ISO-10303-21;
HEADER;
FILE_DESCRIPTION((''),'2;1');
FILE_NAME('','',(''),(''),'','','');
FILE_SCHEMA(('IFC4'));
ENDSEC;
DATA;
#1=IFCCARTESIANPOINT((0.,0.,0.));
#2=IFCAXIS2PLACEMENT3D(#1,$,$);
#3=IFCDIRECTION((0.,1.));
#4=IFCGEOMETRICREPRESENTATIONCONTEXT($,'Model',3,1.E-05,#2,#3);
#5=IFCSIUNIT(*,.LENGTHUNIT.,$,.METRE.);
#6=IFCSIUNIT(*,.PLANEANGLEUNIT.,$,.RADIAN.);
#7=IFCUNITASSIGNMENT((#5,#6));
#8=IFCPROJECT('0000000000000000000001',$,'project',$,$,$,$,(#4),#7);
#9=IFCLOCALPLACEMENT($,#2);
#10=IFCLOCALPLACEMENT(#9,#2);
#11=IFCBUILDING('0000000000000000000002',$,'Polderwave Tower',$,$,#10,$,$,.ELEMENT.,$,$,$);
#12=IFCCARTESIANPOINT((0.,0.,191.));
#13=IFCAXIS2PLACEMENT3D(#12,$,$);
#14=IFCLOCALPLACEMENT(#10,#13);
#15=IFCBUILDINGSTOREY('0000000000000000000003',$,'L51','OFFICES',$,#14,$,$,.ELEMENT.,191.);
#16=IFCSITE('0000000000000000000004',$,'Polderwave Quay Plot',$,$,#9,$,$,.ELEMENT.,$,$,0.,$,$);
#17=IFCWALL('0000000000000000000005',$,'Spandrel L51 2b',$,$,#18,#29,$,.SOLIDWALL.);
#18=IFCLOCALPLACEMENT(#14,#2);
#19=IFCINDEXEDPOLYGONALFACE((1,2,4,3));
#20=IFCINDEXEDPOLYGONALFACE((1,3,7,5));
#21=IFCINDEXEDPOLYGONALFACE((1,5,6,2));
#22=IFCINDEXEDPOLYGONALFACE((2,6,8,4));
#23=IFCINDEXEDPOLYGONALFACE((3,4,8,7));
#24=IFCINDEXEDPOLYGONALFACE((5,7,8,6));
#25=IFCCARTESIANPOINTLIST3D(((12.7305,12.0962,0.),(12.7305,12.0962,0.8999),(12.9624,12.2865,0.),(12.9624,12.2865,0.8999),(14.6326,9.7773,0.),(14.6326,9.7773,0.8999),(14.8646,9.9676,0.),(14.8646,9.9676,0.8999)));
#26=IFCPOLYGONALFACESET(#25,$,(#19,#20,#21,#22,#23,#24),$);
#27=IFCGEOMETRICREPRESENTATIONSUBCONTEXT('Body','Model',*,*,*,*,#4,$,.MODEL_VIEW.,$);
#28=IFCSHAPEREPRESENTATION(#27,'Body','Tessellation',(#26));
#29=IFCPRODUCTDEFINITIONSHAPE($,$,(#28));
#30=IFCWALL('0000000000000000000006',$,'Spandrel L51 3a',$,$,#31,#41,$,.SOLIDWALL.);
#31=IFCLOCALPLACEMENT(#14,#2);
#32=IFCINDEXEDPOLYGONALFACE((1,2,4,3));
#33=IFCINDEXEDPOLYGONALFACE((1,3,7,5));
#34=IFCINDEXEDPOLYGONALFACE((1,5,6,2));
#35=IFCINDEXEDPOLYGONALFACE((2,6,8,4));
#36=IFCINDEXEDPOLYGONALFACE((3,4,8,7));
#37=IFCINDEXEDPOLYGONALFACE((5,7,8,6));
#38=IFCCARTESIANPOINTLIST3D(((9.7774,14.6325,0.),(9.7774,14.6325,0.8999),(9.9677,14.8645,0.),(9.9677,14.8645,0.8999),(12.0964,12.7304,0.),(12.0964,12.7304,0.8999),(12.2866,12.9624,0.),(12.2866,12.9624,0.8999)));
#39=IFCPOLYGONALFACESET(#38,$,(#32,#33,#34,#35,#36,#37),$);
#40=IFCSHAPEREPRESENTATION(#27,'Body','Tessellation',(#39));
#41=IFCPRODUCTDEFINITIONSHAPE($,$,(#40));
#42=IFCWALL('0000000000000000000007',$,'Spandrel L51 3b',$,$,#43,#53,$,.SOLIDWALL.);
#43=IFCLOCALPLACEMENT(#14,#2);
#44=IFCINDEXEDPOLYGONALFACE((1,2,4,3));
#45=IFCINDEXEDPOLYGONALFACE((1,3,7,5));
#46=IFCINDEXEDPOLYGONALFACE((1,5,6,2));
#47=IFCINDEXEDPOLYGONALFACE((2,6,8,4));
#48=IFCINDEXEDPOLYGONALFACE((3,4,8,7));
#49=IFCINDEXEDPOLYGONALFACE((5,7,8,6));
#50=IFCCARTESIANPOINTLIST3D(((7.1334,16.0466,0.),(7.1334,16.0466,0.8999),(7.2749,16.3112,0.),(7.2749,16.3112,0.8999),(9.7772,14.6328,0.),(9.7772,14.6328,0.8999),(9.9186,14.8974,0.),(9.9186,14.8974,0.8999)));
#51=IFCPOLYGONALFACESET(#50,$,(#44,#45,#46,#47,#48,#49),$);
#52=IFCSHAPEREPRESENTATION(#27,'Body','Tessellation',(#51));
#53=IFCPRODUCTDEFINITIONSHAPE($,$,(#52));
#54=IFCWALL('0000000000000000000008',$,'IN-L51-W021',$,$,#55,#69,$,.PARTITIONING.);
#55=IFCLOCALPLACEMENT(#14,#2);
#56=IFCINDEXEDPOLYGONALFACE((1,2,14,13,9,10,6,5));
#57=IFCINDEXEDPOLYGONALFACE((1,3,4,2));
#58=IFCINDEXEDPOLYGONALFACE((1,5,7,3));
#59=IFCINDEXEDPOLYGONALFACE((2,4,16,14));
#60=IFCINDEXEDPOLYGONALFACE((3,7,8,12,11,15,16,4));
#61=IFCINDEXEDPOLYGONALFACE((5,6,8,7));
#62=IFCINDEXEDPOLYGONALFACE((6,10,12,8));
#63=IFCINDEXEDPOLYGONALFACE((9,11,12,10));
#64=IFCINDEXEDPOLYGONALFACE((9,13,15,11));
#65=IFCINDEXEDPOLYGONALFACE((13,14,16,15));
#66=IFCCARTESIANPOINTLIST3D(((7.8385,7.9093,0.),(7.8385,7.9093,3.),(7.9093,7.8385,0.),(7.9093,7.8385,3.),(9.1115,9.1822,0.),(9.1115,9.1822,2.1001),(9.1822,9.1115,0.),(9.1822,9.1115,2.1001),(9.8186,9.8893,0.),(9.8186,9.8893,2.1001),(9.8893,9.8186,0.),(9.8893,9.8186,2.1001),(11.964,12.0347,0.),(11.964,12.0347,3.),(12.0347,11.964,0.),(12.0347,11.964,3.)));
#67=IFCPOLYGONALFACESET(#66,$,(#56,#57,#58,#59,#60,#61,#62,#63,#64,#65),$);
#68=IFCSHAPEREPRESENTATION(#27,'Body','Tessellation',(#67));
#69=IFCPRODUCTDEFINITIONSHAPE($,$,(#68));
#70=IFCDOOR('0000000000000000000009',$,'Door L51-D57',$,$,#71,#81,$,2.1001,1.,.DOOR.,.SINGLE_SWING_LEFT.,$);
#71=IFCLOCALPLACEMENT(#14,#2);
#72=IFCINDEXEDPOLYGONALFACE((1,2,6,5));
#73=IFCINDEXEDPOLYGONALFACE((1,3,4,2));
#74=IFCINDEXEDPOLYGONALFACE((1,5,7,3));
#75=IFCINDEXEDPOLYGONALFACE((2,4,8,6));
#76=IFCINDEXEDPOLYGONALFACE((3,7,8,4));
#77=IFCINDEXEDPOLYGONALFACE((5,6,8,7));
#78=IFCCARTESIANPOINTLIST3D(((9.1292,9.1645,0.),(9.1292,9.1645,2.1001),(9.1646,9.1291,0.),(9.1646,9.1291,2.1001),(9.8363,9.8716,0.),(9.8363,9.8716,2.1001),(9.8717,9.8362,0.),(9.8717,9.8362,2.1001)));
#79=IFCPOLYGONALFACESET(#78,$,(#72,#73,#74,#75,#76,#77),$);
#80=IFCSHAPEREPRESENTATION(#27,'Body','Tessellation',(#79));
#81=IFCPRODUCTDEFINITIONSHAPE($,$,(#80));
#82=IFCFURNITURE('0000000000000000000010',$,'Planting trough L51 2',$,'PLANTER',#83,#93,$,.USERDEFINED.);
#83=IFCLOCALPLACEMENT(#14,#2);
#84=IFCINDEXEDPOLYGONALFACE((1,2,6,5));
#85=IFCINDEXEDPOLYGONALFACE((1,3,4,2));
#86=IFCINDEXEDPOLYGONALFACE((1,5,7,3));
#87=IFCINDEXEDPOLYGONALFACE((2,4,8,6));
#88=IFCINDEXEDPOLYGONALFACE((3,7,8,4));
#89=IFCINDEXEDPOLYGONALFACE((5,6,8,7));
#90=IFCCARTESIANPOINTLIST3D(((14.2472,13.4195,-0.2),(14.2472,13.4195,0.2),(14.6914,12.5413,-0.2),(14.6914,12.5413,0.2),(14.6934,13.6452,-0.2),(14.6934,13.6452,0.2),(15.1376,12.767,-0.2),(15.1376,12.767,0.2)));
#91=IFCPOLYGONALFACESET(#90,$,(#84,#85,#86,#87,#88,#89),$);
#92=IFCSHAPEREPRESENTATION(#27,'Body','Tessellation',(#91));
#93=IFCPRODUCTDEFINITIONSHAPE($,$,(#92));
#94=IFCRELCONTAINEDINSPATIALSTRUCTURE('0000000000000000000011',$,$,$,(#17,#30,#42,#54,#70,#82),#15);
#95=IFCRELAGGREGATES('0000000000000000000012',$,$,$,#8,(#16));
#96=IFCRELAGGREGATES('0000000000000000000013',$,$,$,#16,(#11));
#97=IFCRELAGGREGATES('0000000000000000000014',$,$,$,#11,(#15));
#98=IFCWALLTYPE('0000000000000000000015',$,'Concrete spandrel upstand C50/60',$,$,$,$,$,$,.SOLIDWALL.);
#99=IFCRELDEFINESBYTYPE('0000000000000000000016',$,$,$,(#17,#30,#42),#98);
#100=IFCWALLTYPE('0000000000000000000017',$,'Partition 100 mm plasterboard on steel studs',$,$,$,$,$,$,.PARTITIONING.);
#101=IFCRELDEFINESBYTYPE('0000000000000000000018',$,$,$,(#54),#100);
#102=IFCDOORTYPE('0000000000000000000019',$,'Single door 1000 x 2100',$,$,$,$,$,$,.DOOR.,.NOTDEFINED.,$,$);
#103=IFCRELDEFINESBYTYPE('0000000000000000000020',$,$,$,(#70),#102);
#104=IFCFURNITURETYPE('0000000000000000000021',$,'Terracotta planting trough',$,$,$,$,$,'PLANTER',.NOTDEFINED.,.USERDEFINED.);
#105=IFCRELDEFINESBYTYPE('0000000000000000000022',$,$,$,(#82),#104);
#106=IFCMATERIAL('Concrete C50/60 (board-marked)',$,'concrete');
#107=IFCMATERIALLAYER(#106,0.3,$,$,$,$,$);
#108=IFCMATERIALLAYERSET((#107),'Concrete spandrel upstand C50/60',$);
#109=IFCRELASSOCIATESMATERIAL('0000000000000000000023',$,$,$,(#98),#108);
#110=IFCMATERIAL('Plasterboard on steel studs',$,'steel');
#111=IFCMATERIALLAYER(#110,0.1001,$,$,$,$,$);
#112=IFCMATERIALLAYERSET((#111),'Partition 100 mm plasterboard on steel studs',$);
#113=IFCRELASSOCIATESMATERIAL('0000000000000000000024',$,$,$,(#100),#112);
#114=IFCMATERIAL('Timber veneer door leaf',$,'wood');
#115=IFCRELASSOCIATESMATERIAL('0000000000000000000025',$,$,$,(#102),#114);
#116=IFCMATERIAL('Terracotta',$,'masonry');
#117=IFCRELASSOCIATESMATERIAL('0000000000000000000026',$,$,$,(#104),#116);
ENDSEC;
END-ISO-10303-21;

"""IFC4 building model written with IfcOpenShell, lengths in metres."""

from ifc_helpers import new_model, si_unit, direction, frame, frame_2d, origin, origin_2d, place, context, subcontext, project, spatial, rectangle, extrude, material, layer, layer_set, type_object, element, fill, save


model = new_model("IFC4")

# Units and contexts
model_context = context("Model", 3, precision=1e-05, world=origin(), true_north=direction((0.0, 1.0)))
body_context = subcontext(model_context, "Body", "Model", "MODEL_VIEW")
ifc_project = project(units=[si_unit("LENGTHUNIT", "METRE"), si_unit("PLANEANGLEUNIT", "RADIAN")], contexts=[model_context])

# Site, building, storey
site_placement = place(None, origin())
site = spatial("IfcSite", under=ifc_project, at=site_placement, Name="Polderwave Quay Plot", CompositionType="ELEMENT", RefElevation=0.0)
building_placement = place(site_placement, origin())
building = spatial("IfcBuilding", under=site, at=building_placement, Name="Polderwave Tower", CompositionType="ELEMENT")
storey_placement = place(building_placement, frame((0.0, 0.0, 191.0)))
storey = spatial("IfcBuildingStorey", under=building, at=storey_placement, Name="L51", Description="OFFICES", CompositionType="ELEMENT", Elevation=191.0)

# Walls
ifc_material_1 = material(Name="Concrete C50/60 (board-marked)", Category="concrete")
ifc_layer_1 = layer(ifc_material_1, 0.3)
ifc_layer_set_1 = layer_set([ifc_layer_1], Name="Concrete spandrel upstand C50/60")
wall_type_1 = type_object("IfcWallType", Name="Concrete spandrel upstand C50/60", PredefinedType="SOLIDWALL", material=ifc_layer_set_1)
for number, where, z_axis, x_axis, name in (
    (1, (14.7485, 9.8726, 0.0), (0.0, 0.0, 1.0), (-0.634208, 0.773162, 0.0), "Spandrel L51 2b"),
    (2, (12.1914, 12.8464, 0.0), (0.0, 0.0, 1.0), (-0.773162, 0.634208, 0.0), "Spandrel L51 3a"),
):
    element("IfcWall", number, at=place(storey_placement, frame(where, z_axis=z_axis, x_axis=x_axis)), inside=storey, type_object=wall_type_1, Name=name, PredefinedType="SOLIDWALL", context=body_context, shape_type="SweptSolid", body=[
        extrude(rectangle(XDim=2.9993, YDim=0.3, at=frame_2d((1.4995, 0.0))), origin(), (0.0, 0.0, 1.0), 0.8999),
    ])
wall_1_placement = place(storey_placement, frame((9.8479, 14.7651, 0.0), z_axis=(0.0, 0.0, 1.0), x_axis=(-0.881827, 0.471573, 0.0)))
element("IfcWall", 3, at=wall_1_placement, inside=storey, type_object=wall_type_1, Name="Spandrel L51 3b", PredefinedType="SOLIDWALL", context=body_context, shape_type="SweptSolid", body=[
    extrude(rectangle(XDim=2.998, YDim=0.3, at=frame_2d((1.499, 0.0))), origin(), (0.0, 0.0, 1.0), 0.8999),
])

# Wall, opening, door
ifc_material_2 = material(Name="Plasterboard on steel studs", Category="steel")
ifc_layer_2 = layer(ifc_material_2, 0.1001)
ifc_layer_set_2 = layer_set([ifc_layer_2], Name="Partition 100 mm plasterboard on steel studs")
wall_type_2 = type_object("IfcWallType", Name="Partition 100 mm plasterboard on steel studs", PredefinedType="PARTITIONING", material=ifc_layer_set_2)
wall_2_placement = place(storey_placement, frame((7.874, 7.874, 0.0), z_axis=(0.0, 0.0, 1.0), x_axis=(0.707107, 0.707107, 0.0)))
wall_2 = element("IfcWall", 4, at=wall_2_placement, inside=storey, type_object=wall_type_2, Name="IN-L51-W021", PredefinedType="PARTITIONING", context=body_context, shape_type="SweptSolid", body=[
    extrude(rectangle(XDim=5.8342, YDim=0.1001, at=frame_2d((2.917, 0.0))), origin(), (0.0, 0.0, 1.0), 3.0),
])
opening_placement = place(wall_2_placement, frame((1.8, 0.0, 0.0)))
opening = element("IfcOpeningElement", 5, at=opening_placement, cuts=wall_2, PredefinedType="OPENING", context=body_context, shape_type="SweptSolid", body=[
    extrude(rectangle(XDim=1.0, YDim=2.1001, at=frame_2d((0.5, 1.05))), frame((0.0, 0.0601, 0.0), z_axis=(0.0, -1.0, 0.0), x_axis=(1.0, 0.0, 0.0)), (0.0, 0.0, 1.0), 0.1201),
])
ifc_material_3 = material(Name="Timber veneer door leaf", Category="wood")
door_type = type_object("IfcDoorType", Name="Single door 1000 x 2100", OperationType="NOTDEFINED", PredefinedType="DOOR", material=ifc_material_3)
door_placement = place(opening_placement, origin())
door = element("IfcDoor", 6, at=door_placement, inside=storey, type_object=door_type, Name="Door L51-D57", OperationType="SINGLE_SWING_LEFT", OverallHeight=2.1001, OverallWidth=1.0, PredefinedType="DOOR", context=body_context, shape_type="SweptSolid", body=[
    extrude(rectangle(XDim=1.0, YDim=2.1001, at=frame_2d((0.5, 1.05))), frame((0.0, 0.0249, 0.0), z_axis=(0.0, -1.0, 0.0), x_axis=(1.0, 0.0, 0.0)), (0.0, 0.0, 1.0), 0.05),
])
fill(opening, door)

# Furniture
ifc_material_4 = material(Name="Terracotta", Category="masonry")
furniture_type = type_object("IfcFurnitureType", Name="Terracotta planting trough", ElementType="PLANTER", AssemblyPlace="NOTDEFINED", PredefinedType="USERDEFINED", material=ifc_material_4)
furniture_placement = place(storey_placement, frame((14.6924, 13.0933, -0.2), z_axis=(0.0, 0.0, 1.0), x_axis=(-0.451315, 0.892365, 0.0)))
element("IfcFurniture", 7, at=furniture_placement, inside=storey, type_object=furniture_type, Name="Planting trough L51 2", ObjectType="PLANTER", PredefinedType="USERDEFINED", context=body_context, shape_type="SweptSolid", body=[
    extrude(rectangle(XDim=0.9841, YDim=0.5, at=origin_2d()), origin(), (0.0, 0.0, 1.0), 0.3999),
])

save(model, "model.ifc")
